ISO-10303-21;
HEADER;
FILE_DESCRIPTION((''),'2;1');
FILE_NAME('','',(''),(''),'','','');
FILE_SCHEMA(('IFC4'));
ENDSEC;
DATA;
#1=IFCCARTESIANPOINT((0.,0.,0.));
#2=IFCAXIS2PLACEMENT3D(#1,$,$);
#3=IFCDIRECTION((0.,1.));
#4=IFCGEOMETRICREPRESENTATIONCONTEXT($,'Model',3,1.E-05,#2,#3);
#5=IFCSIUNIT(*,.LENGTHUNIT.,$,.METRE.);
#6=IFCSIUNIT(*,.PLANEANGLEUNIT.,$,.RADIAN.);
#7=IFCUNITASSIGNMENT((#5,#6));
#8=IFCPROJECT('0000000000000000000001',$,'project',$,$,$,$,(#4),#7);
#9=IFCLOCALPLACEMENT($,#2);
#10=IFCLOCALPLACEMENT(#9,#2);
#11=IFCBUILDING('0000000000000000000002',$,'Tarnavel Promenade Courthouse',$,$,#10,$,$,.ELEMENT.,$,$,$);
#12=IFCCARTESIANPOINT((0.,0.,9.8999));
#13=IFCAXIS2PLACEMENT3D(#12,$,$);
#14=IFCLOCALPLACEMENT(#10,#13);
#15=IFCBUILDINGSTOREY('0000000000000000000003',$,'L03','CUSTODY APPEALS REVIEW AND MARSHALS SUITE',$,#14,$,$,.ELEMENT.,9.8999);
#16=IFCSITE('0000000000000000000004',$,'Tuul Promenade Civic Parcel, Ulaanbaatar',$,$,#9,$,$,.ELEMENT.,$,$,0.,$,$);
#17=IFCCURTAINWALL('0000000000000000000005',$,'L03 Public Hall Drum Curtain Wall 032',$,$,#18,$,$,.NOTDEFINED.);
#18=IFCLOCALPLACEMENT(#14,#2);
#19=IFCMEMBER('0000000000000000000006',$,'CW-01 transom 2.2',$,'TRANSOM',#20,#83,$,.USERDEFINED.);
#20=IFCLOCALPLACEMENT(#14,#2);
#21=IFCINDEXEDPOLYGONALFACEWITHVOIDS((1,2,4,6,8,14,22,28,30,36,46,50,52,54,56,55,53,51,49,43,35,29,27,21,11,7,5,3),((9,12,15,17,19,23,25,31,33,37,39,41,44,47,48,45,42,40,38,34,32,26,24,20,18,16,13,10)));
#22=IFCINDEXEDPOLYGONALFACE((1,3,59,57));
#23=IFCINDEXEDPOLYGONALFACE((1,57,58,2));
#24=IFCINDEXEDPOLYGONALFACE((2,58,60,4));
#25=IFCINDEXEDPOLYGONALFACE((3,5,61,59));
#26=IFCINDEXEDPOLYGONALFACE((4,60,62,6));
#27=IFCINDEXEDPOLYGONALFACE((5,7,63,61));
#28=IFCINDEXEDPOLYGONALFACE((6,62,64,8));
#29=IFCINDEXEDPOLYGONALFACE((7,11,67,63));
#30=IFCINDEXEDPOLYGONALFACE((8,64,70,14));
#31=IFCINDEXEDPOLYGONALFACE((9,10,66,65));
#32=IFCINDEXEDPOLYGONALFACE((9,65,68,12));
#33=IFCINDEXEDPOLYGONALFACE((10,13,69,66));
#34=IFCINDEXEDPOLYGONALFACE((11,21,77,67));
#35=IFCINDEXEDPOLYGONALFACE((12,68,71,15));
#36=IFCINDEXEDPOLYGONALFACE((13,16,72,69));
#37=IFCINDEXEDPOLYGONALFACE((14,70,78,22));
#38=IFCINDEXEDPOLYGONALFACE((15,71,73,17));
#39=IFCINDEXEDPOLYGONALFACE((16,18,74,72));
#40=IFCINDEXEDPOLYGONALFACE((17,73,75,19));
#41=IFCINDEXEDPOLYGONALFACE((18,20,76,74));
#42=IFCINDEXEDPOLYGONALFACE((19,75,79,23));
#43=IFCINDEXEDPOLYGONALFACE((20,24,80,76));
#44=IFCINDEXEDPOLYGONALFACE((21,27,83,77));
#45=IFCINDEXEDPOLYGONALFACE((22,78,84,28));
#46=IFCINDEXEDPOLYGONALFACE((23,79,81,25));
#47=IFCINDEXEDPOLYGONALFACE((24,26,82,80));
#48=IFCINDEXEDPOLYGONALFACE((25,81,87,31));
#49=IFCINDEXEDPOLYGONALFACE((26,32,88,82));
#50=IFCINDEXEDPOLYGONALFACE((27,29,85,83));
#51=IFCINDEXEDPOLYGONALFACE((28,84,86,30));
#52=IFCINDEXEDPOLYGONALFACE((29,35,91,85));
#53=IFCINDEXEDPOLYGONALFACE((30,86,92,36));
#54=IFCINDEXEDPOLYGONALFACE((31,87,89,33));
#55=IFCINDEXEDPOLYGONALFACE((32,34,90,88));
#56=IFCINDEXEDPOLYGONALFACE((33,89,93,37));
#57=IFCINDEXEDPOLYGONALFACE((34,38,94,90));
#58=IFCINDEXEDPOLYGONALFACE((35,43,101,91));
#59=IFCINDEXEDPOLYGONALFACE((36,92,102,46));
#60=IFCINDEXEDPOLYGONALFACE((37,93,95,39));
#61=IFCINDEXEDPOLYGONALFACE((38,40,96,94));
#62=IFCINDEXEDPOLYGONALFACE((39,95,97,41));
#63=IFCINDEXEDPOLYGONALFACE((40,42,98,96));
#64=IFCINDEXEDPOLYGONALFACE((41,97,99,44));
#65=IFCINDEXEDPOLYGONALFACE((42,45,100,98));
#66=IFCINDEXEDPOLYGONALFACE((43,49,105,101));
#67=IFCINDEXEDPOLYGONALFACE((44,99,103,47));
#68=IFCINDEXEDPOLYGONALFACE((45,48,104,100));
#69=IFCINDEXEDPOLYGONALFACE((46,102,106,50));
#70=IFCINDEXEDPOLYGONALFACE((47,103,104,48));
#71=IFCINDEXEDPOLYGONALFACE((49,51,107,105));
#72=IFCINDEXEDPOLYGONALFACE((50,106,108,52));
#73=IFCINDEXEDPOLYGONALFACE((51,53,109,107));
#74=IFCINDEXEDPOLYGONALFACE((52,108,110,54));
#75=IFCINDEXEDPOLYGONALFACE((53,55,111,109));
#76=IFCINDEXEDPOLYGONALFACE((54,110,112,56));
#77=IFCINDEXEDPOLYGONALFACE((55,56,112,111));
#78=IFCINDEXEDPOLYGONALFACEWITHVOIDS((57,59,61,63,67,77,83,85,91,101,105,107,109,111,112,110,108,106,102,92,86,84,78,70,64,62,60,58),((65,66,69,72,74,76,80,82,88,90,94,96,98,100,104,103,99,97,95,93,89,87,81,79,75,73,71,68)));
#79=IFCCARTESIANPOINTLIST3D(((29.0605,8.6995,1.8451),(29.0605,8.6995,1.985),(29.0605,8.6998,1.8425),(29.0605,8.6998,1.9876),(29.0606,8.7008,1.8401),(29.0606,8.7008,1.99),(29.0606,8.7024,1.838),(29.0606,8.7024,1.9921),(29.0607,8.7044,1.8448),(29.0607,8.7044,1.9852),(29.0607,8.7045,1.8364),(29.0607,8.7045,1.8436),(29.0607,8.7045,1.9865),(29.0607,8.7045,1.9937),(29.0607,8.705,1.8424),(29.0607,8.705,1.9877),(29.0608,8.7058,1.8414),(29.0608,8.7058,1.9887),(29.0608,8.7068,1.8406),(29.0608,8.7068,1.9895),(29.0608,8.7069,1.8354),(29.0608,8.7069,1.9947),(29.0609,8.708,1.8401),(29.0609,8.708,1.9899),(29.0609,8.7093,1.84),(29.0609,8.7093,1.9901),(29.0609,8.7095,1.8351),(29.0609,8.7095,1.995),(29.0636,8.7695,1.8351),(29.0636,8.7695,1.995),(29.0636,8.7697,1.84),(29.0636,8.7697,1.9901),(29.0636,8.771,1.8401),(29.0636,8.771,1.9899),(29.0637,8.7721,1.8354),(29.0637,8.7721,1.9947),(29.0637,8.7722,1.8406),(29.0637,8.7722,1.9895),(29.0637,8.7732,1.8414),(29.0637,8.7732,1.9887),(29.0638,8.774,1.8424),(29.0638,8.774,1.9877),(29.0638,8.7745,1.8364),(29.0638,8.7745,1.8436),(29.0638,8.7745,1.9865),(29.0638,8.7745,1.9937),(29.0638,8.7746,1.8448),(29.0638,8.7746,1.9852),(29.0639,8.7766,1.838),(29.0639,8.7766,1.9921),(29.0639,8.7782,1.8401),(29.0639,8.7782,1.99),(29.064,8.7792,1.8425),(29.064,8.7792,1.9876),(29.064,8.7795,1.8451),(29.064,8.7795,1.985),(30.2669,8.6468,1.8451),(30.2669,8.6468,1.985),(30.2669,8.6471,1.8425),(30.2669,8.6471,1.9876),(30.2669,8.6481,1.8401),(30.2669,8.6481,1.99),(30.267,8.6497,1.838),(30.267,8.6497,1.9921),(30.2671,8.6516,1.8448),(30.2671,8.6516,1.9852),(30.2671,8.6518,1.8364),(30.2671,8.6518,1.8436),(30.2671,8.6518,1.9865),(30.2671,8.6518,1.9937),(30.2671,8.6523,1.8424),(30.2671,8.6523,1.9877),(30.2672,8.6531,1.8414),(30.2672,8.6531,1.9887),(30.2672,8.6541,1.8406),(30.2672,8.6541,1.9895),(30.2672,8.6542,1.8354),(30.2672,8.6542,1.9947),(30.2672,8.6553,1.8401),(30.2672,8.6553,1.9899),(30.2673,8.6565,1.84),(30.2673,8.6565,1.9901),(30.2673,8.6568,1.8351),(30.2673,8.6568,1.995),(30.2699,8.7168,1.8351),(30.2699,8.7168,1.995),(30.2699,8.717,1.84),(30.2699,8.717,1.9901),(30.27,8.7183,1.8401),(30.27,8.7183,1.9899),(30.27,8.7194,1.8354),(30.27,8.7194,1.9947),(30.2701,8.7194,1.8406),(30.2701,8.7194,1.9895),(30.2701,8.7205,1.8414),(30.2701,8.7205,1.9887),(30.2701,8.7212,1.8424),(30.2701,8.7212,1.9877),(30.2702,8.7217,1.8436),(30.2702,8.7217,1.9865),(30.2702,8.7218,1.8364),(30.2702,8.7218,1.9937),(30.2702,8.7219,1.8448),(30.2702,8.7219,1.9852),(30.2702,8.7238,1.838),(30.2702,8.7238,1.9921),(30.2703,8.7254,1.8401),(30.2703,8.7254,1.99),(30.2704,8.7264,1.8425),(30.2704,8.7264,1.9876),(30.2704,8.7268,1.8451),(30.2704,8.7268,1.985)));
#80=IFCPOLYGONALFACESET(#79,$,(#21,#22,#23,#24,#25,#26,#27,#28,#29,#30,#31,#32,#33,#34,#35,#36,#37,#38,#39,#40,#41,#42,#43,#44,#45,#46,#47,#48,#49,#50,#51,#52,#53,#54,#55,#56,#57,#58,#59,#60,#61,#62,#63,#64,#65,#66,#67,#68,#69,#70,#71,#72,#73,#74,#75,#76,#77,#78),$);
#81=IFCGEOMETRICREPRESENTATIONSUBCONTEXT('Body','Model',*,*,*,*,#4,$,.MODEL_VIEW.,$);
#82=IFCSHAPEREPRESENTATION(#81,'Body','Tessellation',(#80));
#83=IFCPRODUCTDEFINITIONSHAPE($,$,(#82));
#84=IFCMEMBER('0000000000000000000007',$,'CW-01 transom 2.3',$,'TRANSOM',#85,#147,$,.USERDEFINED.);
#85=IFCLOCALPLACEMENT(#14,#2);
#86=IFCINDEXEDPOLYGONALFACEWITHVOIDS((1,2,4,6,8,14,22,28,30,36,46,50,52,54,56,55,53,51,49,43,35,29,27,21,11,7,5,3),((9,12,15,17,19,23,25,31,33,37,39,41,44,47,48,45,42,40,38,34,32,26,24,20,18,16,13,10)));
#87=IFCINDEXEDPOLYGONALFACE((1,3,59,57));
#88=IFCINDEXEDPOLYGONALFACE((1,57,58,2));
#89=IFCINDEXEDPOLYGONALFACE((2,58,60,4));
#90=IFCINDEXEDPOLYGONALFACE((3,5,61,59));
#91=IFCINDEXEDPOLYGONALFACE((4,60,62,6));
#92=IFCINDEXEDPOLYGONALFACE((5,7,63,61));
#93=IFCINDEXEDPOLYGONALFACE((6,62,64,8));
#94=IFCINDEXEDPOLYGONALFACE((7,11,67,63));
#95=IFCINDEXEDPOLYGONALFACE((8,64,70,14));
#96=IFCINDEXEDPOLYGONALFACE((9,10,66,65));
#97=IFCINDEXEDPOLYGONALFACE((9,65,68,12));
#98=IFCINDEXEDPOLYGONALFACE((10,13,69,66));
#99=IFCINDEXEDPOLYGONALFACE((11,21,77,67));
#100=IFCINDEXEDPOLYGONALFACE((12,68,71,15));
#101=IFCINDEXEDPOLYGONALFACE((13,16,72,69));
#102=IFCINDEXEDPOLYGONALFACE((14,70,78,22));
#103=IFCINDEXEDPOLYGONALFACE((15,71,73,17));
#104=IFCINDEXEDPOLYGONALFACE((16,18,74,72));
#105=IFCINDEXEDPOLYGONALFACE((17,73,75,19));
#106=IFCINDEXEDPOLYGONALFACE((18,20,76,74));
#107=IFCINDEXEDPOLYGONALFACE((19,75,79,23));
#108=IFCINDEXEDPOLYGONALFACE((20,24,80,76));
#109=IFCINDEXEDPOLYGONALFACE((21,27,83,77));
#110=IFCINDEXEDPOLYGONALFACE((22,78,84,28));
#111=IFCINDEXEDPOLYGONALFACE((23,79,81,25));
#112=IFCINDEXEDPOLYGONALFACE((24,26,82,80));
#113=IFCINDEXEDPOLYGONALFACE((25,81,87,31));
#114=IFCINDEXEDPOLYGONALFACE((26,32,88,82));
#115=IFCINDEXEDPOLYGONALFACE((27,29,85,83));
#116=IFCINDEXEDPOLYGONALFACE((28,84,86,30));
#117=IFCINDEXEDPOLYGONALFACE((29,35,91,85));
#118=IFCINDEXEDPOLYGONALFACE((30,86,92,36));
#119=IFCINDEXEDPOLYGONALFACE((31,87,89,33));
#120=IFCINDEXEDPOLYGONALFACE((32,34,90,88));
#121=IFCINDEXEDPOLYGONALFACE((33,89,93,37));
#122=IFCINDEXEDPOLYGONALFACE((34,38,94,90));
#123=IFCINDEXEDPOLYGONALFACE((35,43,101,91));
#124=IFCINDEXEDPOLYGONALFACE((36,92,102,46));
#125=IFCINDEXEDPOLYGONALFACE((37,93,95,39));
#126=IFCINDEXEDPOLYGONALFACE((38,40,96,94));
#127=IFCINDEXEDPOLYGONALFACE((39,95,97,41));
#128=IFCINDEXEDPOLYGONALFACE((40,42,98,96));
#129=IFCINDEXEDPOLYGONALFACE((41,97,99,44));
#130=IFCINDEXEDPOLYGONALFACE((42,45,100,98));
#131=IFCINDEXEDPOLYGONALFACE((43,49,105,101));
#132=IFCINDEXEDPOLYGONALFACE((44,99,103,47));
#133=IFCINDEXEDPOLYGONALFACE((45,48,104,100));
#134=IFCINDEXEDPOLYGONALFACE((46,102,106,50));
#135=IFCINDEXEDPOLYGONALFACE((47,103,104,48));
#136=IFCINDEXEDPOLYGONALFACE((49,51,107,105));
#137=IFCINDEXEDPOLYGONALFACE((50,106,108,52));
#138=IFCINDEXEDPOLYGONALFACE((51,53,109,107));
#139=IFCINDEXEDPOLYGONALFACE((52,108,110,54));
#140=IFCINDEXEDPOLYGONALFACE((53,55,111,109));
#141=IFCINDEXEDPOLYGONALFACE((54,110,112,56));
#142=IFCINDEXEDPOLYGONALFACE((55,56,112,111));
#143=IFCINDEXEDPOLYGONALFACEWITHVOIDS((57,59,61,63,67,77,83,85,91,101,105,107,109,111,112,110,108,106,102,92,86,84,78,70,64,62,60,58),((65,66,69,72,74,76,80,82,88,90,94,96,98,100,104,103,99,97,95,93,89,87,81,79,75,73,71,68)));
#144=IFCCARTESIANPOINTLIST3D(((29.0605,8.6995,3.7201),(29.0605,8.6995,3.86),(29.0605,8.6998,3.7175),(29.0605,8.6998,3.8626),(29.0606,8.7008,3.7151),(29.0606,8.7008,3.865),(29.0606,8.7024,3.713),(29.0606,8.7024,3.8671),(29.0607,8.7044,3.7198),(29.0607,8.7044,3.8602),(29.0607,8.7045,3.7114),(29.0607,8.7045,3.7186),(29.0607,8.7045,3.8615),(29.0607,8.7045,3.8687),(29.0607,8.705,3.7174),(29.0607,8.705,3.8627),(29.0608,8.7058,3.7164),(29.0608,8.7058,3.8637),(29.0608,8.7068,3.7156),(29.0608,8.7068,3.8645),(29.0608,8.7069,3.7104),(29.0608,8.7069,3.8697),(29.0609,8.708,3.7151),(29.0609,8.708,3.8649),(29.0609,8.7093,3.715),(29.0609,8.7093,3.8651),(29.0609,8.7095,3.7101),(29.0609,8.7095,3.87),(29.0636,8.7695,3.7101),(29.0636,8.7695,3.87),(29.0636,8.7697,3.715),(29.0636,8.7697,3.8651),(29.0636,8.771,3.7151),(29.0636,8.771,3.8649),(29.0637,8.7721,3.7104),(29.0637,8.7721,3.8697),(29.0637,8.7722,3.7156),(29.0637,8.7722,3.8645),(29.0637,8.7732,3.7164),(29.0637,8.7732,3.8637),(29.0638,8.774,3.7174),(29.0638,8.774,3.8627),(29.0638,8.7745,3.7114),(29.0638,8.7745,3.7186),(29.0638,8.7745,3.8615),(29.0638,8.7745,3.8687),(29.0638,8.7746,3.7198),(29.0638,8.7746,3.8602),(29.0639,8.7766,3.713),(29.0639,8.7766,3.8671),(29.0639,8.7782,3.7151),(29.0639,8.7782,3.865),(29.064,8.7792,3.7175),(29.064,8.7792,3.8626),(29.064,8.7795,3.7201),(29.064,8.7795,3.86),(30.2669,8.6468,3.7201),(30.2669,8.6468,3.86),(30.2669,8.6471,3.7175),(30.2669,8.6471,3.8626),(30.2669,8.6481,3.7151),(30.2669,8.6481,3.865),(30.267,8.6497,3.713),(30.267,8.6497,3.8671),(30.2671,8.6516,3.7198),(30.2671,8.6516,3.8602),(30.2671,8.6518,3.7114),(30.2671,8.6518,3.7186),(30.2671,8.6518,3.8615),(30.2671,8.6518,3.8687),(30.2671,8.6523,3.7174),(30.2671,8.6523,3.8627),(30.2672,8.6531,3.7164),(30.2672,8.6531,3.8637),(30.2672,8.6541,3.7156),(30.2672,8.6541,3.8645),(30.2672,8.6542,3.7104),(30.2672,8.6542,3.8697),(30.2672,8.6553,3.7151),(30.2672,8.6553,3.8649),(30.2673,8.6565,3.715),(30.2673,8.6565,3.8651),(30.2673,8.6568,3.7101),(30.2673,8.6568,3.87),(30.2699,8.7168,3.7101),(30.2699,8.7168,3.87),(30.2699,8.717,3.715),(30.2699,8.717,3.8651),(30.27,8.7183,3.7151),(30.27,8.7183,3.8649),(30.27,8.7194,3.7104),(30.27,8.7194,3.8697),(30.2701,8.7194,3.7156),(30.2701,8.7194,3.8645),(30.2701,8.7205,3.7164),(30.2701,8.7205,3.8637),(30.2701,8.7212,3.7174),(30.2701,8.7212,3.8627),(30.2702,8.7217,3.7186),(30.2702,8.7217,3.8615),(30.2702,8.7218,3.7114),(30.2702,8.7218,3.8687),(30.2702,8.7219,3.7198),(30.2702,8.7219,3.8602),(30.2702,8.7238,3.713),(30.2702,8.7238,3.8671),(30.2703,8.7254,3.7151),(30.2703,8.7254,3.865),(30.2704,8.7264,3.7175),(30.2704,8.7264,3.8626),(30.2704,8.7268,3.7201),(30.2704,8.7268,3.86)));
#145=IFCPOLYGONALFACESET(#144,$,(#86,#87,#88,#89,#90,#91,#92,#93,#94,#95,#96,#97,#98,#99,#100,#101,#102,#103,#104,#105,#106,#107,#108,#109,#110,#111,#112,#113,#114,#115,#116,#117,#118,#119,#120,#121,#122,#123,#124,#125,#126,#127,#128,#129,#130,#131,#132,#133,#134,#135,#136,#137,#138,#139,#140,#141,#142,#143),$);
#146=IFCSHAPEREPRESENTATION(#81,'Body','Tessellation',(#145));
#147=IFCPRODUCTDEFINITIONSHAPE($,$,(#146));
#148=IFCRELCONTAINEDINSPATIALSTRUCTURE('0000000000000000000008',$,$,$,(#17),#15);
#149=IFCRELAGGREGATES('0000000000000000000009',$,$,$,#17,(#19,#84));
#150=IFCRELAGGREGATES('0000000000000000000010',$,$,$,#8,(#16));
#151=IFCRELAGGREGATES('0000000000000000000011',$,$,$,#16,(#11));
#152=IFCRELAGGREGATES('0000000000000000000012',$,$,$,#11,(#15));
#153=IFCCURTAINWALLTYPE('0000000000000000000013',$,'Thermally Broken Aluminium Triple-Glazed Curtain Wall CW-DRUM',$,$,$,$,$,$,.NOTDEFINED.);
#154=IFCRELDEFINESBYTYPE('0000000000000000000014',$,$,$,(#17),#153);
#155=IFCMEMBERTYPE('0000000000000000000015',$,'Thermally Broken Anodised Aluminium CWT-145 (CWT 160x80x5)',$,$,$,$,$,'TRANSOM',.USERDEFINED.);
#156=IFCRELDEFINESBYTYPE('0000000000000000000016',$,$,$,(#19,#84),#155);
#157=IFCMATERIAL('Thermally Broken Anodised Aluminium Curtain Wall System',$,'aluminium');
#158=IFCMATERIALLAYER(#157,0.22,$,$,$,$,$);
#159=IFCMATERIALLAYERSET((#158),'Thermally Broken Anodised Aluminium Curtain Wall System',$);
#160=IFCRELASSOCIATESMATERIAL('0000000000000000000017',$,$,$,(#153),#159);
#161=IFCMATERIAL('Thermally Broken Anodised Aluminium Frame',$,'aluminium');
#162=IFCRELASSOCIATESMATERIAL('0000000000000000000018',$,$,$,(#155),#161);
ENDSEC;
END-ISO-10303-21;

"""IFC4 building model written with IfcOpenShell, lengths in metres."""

from ifc_helpers import new_model, si_unit, direction, frame, origin, origin_2d, place, context, subcontext, project, spatial, hollow_rectangle, extrude, material, layer, layer_set, material_profile, profile_set, type_object, element, aggregate, save


model = new_model("IFC4")

# Units and contexts
model_context = context("Model", 3, precision=1e-05, world=origin(), true_north=direction((0.0, 1.0)))
body_context = subcontext(model_context, "Body", "Model", "MODEL_VIEW")
ifc_project = project(units=[si_unit("LENGTHUNIT", "METRE"), si_unit("PLANEANGLEUNIT", "RADIAN")], contexts=[model_context])

# Site, building, storey
site_placement = place(None, origin())
site = spatial("IfcSite", under=ifc_project, at=site_placement, Name="Tuul Promenade Civic Parcel, Ulaanbaatar", CompositionType="ELEMENT", RefElevation=0.0)
building_placement = place(site_placement, origin())
building = spatial("IfcBuilding", under=site, at=building_placement, Name="Tarnavel Promenade Courthouse", CompositionType="ELEMENT")
storey_placement = place(building_placement, frame((0.0, 0.0, 9.8999)))
storey = spatial("IfcBuildingStorey", under=building, at=storey_placement, Name="L03", Description="CUSTODY APPEALS REVIEW AND MARSHALS SUITE", CompositionType="ELEMENT", Elevation=9.8999)

# Curtain wall
ifc_material_1 = material(Name="Thermally Broken Anodised Aluminium Curtain Wall System", Category="aluminium")
ifc_layer_1 = layer(ifc_material_1, 0.22)
ifc_layer_set_1 = layer_set([ifc_layer_1], Name="Thermally Broken Anodised Aluminium Curtain Wall System")
curtain_wall_type = type_object("IfcCurtainWallType", Name="Thermally Broken Aluminium Triple-Glazed Curtain Wall CW-DRUM", PredefinedType="NOTDEFINED", material=ifc_layer_set_1)
curtain_wall_1_placement = place(storey_placement, origin())
curtain_wall_1 = element("IfcCurtainWall", 1, at=curtain_wall_1_placement, inside=storey, type_object=curtain_wall_type, Name="L03 Public Hall Drum Curtain Wall 032", PredefinedType="NOTDEFINED")
ifc_material_2 = material(Name="Thermally Broken Anodised Aluminium Frame", Category="aluminium")

# Members
ifc_material_profile_1 = material_profile(ifc_material_2, hollow_rectangle(XDim=0.0801, YDim=0.1599, WallThickness=0.0049, InnerFilletRadius=0.0049, OuterFilletRadius=0.01, at=origin_2d()), Name="CWT 160x80x5")
ifc_profile_set_1 = profile_set([ifc_material_profile_1], Name="Thermally Broken Anodised Aluminium Frame")
member_type_1 = type_object("IfcMemberType", Name="Thermally Broken Anodised Aluminium CWT-145 (CWT 160x80x5)", ElementType="TRANSOM", PredefinedType="USERDEFINED", material=ifc_profile_set_1)
member_1_placement = place(storey_placement, frame((29.0623, 8.7395, 1.915), z_axis=(0.999046, -0.043674, 0.0), x_axis=(0.043674, 0.999046, 0.0)))
member_1 = element("IfcMember", 2, at=member_1_placement, type_object=member_type_1, Name="CW-01 transom 2.2", ObjectType="TRANSOM", PredefinedType="USERDEFINED", context=body_context, shape_type="SweptSolid", body=[
    extrude(hollow_rectangle(XDim=0.0801, YDim=0.1599, WallThickness=0.0049, InnerFilletRadius=0.0049, OuterFilletRadius=0.01, at=origin_2d()), origin(), (0.0, 0.0, 1.0), 1.2075),
])
member_2_placement = place(storey_placement, frame((29.0623, 8.7395, 3.79), z_axis=(0.999046, -0.043674, 0.0), x_axis=(0.043674, 0.999046, 0.0)))
member_2 = element("IfcMember", 3, at=member_2_placement, type_object=member_type_1, Name="CW-01 transom 2.3", ObjectType="TRANSOM", PredefinedType="USERDEFINED", context=body_context, shape_type="SweptSolid", body=[
    extrude(hollow_rectangle(XDim=0.0801, YDim=0.1599, WallThickness=0.0049, InnerFilletRadius=0.0049, OuterFilletRadius=0.01, at=origin_2d()), origin(), (0.0, 0.0, 1.0), 1.2075),
])

aggregate(curtain_wall_1, [member_1, member_2])

save(model, "model.ifc")
